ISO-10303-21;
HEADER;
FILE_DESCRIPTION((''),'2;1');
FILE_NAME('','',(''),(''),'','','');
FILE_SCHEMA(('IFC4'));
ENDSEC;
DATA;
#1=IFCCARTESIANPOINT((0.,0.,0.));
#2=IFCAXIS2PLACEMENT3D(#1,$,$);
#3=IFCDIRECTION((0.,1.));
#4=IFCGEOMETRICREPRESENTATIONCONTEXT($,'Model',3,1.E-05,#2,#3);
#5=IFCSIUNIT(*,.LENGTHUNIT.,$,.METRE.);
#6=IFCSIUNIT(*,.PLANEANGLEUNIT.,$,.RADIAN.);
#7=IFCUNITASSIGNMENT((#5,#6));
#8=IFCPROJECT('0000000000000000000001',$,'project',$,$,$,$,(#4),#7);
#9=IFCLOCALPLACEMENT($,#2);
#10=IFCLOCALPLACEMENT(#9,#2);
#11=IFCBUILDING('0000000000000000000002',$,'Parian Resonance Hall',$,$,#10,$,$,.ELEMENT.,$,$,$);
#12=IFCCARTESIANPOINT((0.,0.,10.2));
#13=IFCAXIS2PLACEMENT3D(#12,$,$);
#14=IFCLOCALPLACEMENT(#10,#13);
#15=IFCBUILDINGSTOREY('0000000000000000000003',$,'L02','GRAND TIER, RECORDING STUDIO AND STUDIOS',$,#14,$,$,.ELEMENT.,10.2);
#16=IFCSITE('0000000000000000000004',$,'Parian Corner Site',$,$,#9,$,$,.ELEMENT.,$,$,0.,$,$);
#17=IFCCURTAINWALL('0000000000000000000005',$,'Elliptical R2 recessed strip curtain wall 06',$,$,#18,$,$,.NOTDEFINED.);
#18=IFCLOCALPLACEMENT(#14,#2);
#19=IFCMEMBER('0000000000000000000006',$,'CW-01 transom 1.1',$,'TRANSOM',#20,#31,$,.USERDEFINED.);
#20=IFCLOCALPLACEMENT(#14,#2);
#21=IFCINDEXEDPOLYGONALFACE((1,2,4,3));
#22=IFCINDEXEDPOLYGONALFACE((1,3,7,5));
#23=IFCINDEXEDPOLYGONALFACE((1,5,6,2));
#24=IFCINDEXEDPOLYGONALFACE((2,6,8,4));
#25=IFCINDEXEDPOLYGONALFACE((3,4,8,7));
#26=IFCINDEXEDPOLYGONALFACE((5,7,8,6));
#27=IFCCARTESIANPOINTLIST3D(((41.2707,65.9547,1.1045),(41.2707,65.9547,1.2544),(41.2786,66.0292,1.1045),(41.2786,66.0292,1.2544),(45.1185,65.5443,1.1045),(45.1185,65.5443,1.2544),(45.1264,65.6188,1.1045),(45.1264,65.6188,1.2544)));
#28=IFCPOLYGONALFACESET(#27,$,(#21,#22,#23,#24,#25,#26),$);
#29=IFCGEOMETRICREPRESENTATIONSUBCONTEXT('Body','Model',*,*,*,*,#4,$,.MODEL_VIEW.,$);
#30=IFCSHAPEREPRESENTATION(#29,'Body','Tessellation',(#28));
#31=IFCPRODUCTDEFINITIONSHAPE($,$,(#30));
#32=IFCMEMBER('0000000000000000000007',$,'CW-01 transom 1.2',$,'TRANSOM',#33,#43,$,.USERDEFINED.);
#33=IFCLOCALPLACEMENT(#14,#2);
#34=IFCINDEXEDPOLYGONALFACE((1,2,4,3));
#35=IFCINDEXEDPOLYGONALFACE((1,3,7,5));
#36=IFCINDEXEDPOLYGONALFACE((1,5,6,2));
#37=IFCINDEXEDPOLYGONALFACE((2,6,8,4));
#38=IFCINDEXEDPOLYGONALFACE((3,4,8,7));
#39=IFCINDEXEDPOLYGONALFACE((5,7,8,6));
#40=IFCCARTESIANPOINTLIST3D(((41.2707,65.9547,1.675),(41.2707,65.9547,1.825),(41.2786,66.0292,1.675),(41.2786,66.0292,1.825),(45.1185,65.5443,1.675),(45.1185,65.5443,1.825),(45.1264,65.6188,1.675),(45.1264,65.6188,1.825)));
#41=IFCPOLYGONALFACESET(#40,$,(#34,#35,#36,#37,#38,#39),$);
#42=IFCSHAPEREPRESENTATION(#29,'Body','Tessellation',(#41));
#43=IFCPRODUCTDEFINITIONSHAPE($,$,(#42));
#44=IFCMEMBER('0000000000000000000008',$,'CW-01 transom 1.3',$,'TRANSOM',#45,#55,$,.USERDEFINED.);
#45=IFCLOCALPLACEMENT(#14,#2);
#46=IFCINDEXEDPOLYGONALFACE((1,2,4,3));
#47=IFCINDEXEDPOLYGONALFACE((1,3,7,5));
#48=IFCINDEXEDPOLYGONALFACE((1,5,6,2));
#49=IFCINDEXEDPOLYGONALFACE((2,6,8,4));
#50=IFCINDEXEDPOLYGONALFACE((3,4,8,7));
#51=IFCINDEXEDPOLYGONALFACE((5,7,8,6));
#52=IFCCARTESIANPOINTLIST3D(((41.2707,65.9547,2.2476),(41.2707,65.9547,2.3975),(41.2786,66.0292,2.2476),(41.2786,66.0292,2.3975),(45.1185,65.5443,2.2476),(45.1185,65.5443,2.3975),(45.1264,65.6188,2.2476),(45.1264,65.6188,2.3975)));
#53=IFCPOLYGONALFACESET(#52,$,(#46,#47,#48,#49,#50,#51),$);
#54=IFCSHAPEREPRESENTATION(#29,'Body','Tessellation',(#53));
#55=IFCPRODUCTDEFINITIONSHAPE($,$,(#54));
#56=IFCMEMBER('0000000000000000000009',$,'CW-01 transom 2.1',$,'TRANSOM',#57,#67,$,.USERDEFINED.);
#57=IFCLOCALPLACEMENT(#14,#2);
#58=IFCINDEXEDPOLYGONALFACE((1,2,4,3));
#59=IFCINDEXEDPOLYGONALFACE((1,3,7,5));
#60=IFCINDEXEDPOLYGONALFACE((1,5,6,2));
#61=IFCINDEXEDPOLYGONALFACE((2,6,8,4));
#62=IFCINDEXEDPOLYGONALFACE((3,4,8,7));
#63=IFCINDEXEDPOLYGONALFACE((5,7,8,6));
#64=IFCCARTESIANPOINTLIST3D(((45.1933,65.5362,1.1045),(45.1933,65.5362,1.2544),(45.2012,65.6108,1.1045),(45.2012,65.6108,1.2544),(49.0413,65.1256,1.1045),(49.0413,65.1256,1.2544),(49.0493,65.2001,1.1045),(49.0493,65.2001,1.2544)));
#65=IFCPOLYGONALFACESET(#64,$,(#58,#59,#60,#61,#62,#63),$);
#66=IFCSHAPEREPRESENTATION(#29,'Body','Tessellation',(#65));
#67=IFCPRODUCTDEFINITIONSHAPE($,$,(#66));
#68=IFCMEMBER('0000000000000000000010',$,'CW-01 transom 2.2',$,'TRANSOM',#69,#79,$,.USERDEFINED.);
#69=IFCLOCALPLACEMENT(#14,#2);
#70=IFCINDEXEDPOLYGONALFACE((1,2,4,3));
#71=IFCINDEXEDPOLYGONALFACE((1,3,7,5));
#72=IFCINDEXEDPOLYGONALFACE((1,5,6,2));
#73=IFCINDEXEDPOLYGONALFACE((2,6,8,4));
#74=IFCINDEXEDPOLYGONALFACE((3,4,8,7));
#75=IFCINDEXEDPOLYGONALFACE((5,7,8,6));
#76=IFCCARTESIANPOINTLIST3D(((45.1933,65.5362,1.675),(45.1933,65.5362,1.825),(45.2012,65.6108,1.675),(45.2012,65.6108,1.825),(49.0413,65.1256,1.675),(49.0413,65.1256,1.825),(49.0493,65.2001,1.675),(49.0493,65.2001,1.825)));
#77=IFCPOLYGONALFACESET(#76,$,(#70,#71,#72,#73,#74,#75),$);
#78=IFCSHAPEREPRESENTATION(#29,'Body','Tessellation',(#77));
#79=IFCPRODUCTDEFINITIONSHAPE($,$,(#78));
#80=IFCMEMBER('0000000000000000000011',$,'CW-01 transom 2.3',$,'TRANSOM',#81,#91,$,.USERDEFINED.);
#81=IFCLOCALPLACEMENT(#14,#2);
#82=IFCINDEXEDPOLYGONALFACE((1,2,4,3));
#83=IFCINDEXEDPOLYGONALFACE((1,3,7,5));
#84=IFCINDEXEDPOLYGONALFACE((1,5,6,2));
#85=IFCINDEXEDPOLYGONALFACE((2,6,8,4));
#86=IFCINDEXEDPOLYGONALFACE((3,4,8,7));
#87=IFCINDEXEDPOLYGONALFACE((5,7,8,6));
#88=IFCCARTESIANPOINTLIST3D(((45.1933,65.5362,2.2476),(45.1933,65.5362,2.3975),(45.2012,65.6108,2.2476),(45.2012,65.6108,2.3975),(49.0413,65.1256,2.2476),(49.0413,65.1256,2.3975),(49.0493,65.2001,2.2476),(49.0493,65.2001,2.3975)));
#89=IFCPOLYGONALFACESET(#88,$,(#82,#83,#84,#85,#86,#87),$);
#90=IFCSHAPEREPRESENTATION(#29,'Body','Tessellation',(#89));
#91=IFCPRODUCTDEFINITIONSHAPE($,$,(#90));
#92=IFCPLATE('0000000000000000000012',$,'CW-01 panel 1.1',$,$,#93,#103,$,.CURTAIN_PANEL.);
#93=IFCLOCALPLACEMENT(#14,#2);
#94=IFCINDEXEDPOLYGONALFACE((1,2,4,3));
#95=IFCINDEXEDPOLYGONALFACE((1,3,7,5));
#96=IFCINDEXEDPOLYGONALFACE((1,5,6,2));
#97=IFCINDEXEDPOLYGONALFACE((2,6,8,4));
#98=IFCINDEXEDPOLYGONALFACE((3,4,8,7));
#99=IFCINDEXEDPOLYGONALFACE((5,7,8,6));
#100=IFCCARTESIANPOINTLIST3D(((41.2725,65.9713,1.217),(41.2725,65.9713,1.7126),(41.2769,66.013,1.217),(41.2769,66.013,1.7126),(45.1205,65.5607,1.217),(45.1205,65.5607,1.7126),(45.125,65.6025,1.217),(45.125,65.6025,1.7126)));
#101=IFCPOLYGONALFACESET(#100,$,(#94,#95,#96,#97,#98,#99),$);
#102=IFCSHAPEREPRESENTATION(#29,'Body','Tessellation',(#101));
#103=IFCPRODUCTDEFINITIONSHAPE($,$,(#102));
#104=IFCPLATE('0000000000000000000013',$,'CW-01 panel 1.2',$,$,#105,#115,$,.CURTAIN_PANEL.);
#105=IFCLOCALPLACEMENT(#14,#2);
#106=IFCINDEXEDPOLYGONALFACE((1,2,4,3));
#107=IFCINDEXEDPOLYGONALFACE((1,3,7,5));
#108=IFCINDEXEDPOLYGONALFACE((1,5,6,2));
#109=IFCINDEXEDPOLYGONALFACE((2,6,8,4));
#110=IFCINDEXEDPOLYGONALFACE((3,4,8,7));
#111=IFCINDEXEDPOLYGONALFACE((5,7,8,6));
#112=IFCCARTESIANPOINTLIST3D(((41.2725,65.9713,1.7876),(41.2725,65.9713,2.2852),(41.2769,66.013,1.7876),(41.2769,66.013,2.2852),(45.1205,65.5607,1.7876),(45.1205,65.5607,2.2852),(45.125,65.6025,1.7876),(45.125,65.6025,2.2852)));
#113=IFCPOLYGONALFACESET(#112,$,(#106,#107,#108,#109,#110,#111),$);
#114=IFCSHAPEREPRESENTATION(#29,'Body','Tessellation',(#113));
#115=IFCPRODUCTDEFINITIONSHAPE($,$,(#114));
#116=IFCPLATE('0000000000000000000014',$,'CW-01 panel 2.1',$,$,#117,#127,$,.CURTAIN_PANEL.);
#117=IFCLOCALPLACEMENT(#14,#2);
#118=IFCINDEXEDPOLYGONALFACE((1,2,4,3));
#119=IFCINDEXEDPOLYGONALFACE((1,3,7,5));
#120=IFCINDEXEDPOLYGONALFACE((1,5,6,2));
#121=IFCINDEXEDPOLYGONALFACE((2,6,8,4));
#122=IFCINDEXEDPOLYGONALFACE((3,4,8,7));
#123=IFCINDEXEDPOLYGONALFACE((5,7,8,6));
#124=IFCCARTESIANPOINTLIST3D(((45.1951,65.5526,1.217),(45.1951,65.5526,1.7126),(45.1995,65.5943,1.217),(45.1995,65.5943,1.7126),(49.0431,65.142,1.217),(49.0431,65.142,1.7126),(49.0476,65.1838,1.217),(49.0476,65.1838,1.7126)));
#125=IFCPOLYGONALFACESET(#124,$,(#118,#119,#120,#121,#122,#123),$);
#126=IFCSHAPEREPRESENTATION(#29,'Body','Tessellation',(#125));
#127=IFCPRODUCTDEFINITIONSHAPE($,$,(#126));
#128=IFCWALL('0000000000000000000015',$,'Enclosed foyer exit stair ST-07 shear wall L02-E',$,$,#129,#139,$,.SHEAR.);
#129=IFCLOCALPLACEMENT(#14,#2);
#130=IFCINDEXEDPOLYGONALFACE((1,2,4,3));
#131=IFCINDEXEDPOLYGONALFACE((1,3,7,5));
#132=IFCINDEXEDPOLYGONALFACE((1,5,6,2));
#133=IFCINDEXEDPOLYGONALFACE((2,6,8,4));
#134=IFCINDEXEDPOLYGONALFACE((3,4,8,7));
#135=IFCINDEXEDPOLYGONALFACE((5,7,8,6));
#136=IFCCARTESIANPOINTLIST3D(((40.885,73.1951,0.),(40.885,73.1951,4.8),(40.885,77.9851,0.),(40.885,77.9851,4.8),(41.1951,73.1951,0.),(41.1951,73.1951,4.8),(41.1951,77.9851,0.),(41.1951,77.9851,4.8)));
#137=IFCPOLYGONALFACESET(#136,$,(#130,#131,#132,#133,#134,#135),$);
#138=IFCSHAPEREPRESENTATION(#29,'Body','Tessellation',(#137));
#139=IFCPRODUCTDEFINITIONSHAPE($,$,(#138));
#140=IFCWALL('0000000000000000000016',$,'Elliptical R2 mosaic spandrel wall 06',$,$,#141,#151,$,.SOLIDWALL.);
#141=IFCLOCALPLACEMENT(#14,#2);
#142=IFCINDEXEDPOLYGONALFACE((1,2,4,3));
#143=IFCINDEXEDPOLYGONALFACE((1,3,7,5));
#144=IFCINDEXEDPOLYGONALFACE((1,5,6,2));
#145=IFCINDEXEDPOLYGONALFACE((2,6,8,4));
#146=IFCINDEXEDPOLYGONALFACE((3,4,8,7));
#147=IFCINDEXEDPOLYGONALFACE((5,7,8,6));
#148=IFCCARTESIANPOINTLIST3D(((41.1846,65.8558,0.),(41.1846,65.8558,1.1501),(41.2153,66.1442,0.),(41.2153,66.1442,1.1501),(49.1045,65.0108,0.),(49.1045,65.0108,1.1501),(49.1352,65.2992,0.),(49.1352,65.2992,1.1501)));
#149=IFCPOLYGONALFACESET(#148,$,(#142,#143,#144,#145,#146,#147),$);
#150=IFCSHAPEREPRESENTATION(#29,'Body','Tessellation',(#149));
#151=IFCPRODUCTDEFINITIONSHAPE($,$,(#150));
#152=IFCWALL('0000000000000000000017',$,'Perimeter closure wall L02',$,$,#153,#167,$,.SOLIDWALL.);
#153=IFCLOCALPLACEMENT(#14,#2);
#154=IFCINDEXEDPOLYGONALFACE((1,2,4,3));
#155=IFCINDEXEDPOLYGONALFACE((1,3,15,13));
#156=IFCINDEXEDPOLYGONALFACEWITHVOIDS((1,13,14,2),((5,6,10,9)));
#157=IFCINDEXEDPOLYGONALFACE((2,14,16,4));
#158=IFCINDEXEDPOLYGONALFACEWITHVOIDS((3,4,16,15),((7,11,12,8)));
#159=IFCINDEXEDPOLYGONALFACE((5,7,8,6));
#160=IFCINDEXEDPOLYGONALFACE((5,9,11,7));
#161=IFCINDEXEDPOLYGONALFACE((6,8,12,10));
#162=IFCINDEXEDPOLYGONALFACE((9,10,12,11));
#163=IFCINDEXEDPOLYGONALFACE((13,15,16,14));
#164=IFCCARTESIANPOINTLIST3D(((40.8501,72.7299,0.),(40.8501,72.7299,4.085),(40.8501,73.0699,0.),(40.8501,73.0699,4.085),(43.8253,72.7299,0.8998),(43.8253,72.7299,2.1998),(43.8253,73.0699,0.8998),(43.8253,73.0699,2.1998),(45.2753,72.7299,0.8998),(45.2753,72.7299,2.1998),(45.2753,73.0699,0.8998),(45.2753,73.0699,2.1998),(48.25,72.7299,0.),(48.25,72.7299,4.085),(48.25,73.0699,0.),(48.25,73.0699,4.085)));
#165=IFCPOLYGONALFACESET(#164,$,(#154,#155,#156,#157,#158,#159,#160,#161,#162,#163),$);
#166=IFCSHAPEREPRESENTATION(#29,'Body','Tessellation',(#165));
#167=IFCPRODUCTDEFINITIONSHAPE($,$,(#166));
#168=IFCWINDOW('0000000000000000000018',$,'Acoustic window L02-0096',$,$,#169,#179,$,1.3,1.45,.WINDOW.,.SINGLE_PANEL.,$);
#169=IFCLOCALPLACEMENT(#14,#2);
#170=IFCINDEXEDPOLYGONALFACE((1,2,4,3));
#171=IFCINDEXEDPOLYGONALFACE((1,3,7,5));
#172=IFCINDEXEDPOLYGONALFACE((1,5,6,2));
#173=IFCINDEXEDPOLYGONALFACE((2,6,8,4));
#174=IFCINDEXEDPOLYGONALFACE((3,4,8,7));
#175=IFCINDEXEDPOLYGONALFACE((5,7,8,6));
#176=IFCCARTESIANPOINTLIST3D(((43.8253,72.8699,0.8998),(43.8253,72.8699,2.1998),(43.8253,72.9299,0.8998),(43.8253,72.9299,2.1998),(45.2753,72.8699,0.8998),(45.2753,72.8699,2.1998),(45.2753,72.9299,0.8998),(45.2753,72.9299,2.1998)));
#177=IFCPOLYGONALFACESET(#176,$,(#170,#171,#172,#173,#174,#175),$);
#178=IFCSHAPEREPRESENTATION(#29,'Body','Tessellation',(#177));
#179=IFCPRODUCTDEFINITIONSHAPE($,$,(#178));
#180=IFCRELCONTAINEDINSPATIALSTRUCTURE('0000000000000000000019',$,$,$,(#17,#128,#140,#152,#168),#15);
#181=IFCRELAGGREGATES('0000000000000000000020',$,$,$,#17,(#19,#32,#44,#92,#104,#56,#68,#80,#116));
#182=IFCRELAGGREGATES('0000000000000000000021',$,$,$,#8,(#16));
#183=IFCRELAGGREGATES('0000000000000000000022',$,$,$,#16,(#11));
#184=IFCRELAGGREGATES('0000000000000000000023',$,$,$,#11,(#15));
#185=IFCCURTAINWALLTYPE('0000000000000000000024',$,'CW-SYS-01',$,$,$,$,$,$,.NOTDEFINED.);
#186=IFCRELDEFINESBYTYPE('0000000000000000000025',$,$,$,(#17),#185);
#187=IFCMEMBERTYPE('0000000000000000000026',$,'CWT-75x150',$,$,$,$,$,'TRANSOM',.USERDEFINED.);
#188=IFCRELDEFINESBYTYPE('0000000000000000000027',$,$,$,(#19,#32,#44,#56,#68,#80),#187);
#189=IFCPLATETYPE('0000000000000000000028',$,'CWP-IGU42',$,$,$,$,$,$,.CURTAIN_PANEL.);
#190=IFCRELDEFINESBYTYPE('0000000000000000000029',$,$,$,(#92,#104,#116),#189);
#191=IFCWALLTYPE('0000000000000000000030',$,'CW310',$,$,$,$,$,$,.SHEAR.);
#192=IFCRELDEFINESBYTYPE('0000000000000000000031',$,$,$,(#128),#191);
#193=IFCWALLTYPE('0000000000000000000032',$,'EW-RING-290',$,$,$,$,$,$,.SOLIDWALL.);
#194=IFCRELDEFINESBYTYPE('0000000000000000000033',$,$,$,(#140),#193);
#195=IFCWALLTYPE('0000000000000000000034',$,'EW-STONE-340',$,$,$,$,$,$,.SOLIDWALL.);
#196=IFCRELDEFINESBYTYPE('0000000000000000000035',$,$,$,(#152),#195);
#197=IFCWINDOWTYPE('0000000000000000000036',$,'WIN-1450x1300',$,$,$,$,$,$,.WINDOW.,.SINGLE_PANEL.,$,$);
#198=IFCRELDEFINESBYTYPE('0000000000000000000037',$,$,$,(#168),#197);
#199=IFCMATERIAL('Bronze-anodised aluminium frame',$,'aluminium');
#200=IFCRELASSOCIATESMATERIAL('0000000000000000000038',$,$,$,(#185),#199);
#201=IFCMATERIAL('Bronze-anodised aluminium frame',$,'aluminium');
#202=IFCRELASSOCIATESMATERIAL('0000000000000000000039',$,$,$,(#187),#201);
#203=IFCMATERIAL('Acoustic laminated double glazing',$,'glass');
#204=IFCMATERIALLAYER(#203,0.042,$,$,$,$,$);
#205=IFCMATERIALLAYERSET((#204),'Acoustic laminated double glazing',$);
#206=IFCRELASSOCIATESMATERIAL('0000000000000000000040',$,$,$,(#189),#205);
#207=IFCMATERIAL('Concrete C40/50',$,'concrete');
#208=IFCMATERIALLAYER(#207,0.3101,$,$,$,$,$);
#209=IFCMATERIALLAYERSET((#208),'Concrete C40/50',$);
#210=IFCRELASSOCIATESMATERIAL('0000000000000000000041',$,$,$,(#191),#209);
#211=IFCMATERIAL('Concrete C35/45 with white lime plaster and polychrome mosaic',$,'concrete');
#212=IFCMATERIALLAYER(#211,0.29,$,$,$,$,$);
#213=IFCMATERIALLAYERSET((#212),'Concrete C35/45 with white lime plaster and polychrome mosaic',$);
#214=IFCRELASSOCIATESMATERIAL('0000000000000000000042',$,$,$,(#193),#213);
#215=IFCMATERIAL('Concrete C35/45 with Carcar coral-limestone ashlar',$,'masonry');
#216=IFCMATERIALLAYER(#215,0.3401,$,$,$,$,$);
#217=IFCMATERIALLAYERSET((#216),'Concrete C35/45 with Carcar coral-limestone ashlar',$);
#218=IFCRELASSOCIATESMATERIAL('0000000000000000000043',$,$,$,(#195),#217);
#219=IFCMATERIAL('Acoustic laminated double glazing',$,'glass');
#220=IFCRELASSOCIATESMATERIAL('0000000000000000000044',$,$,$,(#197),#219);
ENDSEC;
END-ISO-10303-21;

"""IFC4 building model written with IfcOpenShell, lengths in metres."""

from ifc_helpers import new_model, si_unit, direction, frame, frame_2d, origin, origin_2d, place, context, subcontext, project, spatial, rectangle, extrude, material, layer, layer_set, material_profile, profile_set, type_object, element, fill, aggregate, save


model = new_model("IFC4")

# Units and contexts
model_context = context("Model", 3, precision=1e-05, world=origin(), true_north=direction((0.0, 1.0)))
body_context = subcontext(model_context, "Body", "Model", "MODEL_VIEW")
ifc_project = project(units=[si_unit("LENGTHUNIT", "METRE"), si_unit("PLANEANGLEUNIT", "RADIAN")], contexts=[model_context])

# Site, building, storey
site_placement = place(None, origin())
site = spatial("IfcSite", under=ifc_project, at=site_placement, Name="Parian Corner Site", CompositionType="ELEMENT", RefElevation=0.0)
building_placement = place(site_placement, origin())
building = spatial("IfcBuilding", under=site, at=building_placement, Name="Parian Resonance Hall", CompositionType="ELEMENT")
storey_placement = place(building_placement, frame((0.0, 0.0, 10.2)))
storey = spatial("IfcBuildingStorey", under=building, at=storey_placement, Name="L02", Description="GRAND TIER, RECORDING STUDIO AND STUDIOS", CompositionType="ELEMENT", Elevation=10.2)

# Curtain wall, members, plates
ifc_material_1 = material(Name="Bronze-anodised aluminium frame", Category="aluminium")
curtain_wall_type_1 = type_object("IfcCurtainWallType", Name="CW-SYS-01", PredefinedType="NOTDEFINED", material=ifc_material_1)
curtain_wall_1_placement = place(storey_placement, origin())
curtain_wall_1 = element("IfcCurtainWall", 1, at=curtain_wall_1_placement, inside=storey, type_object=curtain_wall_type_1, Name="Elliptical R2 recessed strip curtain wall 06", PredefinedType="NOTDEFINED")
ifc_material_2 = material(Name="Bronze-anodised aluminium frame", Category="aluminium")
ifc_material_profile_1 = material_profile(ifc_material_2, rectangle(XDim=0.075, YDim=0.1499, at=origin_2d()), Name="CWT-75x150")
ifc_profile_set_1 = profile_set([ifc_material_profile_1], Name="Bronze-anodised aluminium frame")
member_type_1 = type_object("IfcMemberType", Name="CWT-75x150", ElementType="TRANSOM", PredefinedType="USERDEFINED", material=ifc_profile_set_1)
member_1_placement = place(storey_placement, frame((41.2747, 65.9919, 1.1794), z_axis=(0.99436, -0.106054, 0.0), x_axis=(0.106054, 0.99436, 0.0)))
member_1 = element("IfcMember", 2, at=member_1_placement, type_object=member_type_1, Name="CW-01 transom 1.1", ObjectType="TRANSOM", PredefinedType="USERDEFINED", context=body_context, shape_type="SweptSolid", body=[
    extrude(rectangle(XDim=0.075, YDim=0.1499, at=origin_2d()), origin(), (0.0, 0.0, 1.0), 3.8696),
])
member_2_placement = place(storey_placement, frame((41.2747, 65.9919, 1.75), z_axis=(0.99436, -0.106054, 0.0), x_axis=(0.106054, 0.99436, 0.0)))
member_2 = element("IfcMember", 3, at=member_2_placement, type_object=member_type_1, Name="CW-01 transom 1.2", ObjectType="TRANSOM", PredefinedType="USERDEFINED", context=body_context, shape_type="SweptSolid", body=[
    extrude(rectangle(XDim=0.075, YDim=0.1499, at=origin_2d()), origin(), (0.0, 0.0, 1.0), 3.8696),
])
member_3_placement = place(storey_placement, frame((41.2747, 65.9919, 2.3225), z_axis=(0.99436, -0.106054, 0.0), x_axis=(0.106054, 0.99436, 0.0)))
member_3 = element("IfcMember", 4, at=member_3_placement, type_object=member_type_1, Name="CW-01 transom 1.3", ObjectType="TRANSOM", PredefinedType="USERDEFINED", context=body_context, shape_type="SweptSolid", body=[
    extrude(rectangle(XDim=0.075, YDim=0.1499, at=origin_2d()), origin(), (0.0, 0.0, 1.0), 3.8696),
])
member_4_placement = place(storey_placement, frame((45.1973, 65.5735, 1.1794), z_axis=(0.994354, -0.10611, 0.0), x_axis=(0.10611, 0.994354, 0.0)))
member_4 = element("IfcMember", 5, at=member_4_placement, type_object=member_type_1, Name="CW-01 transom 2.1", ObjectType="TRANSOM", PredefinedType="USERDEFINED", context=body_context, shape_type="SweptSolid", body=[
    extrude(rectangle(XDim=0.075, YDim=0.1499, at=origin_2d()), origin(), (0.0, 0.0, 1.0), 3.8699),
])
member_5_placement = place(storey_placement, frame((45.1973, 65.5735, 1.75), z_axis=(0.994354, -0.10611, 0.0), x_axis=(0.10611, 0.994354, 0.0)))
member_5 = element("IfcMember", 6, at=member_5_placement, type_object=member_type_1, Name="CW-01 transom 2.2", ObjectType="TRANSOM", PredefinedType="USERDEFINED", context=body_context, shape_type="SweptSolid", body=[
    extrude(rectangle(XDim=0.075, YDim=0.1499, at=origin_2d()), origin(), (0.0, 0.0, 1.0), 3.8699),
])
member_6_placement = place(storey_placement, frame((45.1973, 65.5735, 2.3225), z_axis=(0.994354, -0.10611, 0.0), x_axis=(0.10611, 0.994354, 0.0)))
member_6 = element("IfcMember", 7, at=member_6_placement, type_object=member_type_1, Name="CW-01 transom 2.3", ObjectType="TRANSOM", PredefinedType="USERDEFINED", context=body_context, shape_type="SweptSolid", body=[
    extrude(rectangle(XDim=0.075, YDim=0.1499, at=origin_2d()), origin(), (0.0, 0.0, 1.0), 3.8699),
])
ifc_material_3 = material(Name="Acoustic laminated double glazing", Category="glass")
ifc_layer_1 = layer(ifc_material_3, 0.042)
ifc_layer_set_1 = layer_set([ifc_layer_1], Name="Acoustic laminated double glazing")
plate_type = type_object("IfcPlateType", Name="CWP-IGU42", PredefinedType="CURTAIN_PANEL", material=ifc_layer_set_1)
plate_1_placement = place(storey_placement, frame((43.1987, 65.7869, 1.217), z_axis=(0.0, 0.0, 1.0), x_axis=(0.994356, -0.106091, 0.0)))
plate_1 = element("IfcPlate", 8, at=plate_1_placement, type_object=plate_type, Name="CW-01 panel 1.1", PredefinedType="CURTAIN_PANEL", context=body_context, shape_type="SweptSolid", body=[
    extrude(rectangle(XDim=3.8699, YDim=0.042, at=origin_2d()), origin(), (0.0, 0.0, 1.0), 0.4956),
])
plate_2_placement = place(storey_placement, frame((43.1987, 65.7869, 1.7876), z_axis=(0.0, 0.0, 1.0), x_axis=(0.994356, -0.106091, 0.0)))
plate_2 = element("IfcPlate", 9, at=plate_2_placement, type_object=plate_type, Name="CW-01 panel 1.2", PredefinedType="CURTAIN_PANEL", context=body_context, shape_type="SweptSolid", body=[
    extrude(rectangle(XDim=3.8699, YDim=0.042, at=origin_2d()), origin(), (0.0, 0.0, 1.0), 0.4976),
])
plate_3_placement = place(storey_placement, frame((47.1213, 65.3682, 1.217), z_axis=(0.0, 0.0, 1.0), x_axis=(0.994356, -0.106091, 0.0)))
plate_3 = element("IfcPlate", 10, at=plate_3_placement, type_object=plate_type, Name="CW-01 panel 2.1", PredefinedType="CURTAIN_PANEL", context=body_context, shape_type="SweptSolid", body=[
    extrude(rectangle(XDim=3.8699, YDim=0.042, at=origin_2d()), origin(), (0.0, 0.0, 1.0), 0.4956),
])
aggregate(curtain_wall_1, [member_1, member_2, member_3, plate_1, plate_2, member_4, member_5, member_6, plate_3])

# Walls
ifc_material_4 = material(Name="Concrete C40/50", Category="concrete")
ifc_layer_2 = layer(ifc_material_4, 0.3101)
ifc_layer_set_2 = layer_set([ifc_layer_2], Name="Concrete C40/50")
wall_type_1 = type_object("IfcWallType", Name="CW310", PredefinedType="SHEAR", material=ifc_layer_set_2)
wall_1_placement = place(storey_placement, frame((41.04, 73.1951, 0.0), z_axis=(0.0, 0.0, 1.0), x_axis=(0.0, 1.0, 0.0)))
element("IfcWall", 11, at=wall_1_placement, inside=storey, type_object=wall_type_1, Name="Enclosed foyer exit stair ST-07 shear wall L02-E", PredefinedType="SHEAR", context=body_context, shape_type="SweptSolid", body=[
    extrude(rectangle(XDim=4.79, YDim=0.3101, at=frame_2d((2.395, 0.0))), origin(), (0.0, 0.0, 1.0), 4.8),
])
ifc_material_5 = material(Name="Concrete C35/45 with white lime plaster and polychrome mosaic", Category="concrete")
ifc_layer_3 = layer(ifc_material_5, 0.29)
ifc_layer_set_3 = layer_set([ifc_layer_3], Name="Concrete C35/45 with white lime plaster and polychrome mosaic")
wall_type_2 = type_object("IfcWallType", Name="EW-RING-290", PredefinedType="SOLIDWALL", material=ifc_layer_set_3)
wall_2_placement = place(storey_placement, frame((41.2, 66.0, 0.0), z_axis=(0.0, 0.0, 1.0), x_axis=(0.994357, -0.106087, 0.0)))
element("IfcWall", 12, at=wall_2_placement, inside=storey, type_object=wall_type_2, Name="Elliptical R2 mosaic spandrel wall 06", PredefinedType="SOLIDWALL", context=body_context, shape_type="SweptSolid", body=[
    extrude(rectangle(XDim=7.9648, YDim=0.29, at=frame_2d((3.9824, 0.0))), origin(), (0.0, 0.0, 1.0), 1.1501),
])

# Wall, opening, window
ifc_material_6 = material(Name="Concrete C35/45 with Carcar coral-limestone ashlar", Category="masonry")
ifc_layer_4 = layer(ifc_material_6, 0.3401)
ifc_layer_set_4 = layer_set([ifc_layer_4], Name="Concrete C35/45 with Carcar coral-limestone ashlar")
wall_type_3 = type_object("IfcWallType", Name="EW-STONE-340", PredefinedType="SOLIDWALL", material=ifc_layer_set_4)
wall_3_placement = place(storey_placement, frame((40.8501, 72.8999, 0.0), z_axis=(0.0, 0.0, 1.0), x_axis=(1.0, 0.0, 0.0)))
wall_3 = element("IfcWall", 13, at=wall_3_placement, inside=storey, type_object=wall_type_3, Name="Perimeter closure wall L02", PredefinedType="SOLIDWALL", context=body_context, shape_type="SweptSolid", body=[
    extrude(rectangle(XDim=7.3999, YDim=0.3401, at=frame_2d((3.7, 0.0))), origin(), (0.0, 0.0, 1.0), 4.085),
])
opening_placement = place(wall_3_placement, frame((2.9751, 0.0, 0.8999)))
opening = element("IfcOpeningElement", 14, at=opening_placement, cuts=wall_3, PredefinedType="OPENING", context=body_context, shape_type="SweptSolid", body=[
    extrude(rectangle(XDim=1.45, YDim=1.3, at=frame_2d((0.7251, 0.6499))), frame((0.0, 0.1799, 0.0), z_axis=(0.0, -1.0, 0.0), x_axis=(1.0, 0.0, 0.0)), (0.0, 0.0, 1.0), 0.3601),
])
ifc_material_7 = material(Name="Acoustic laminated double glazing", Category="glass")
window_type = type_object("IfcWindowType", Name="WIN-1450x1300", PartitioningType="SINGLE_PANEL", PredefinedType="WINDOW", material=ifc_material_7)
window_placement = place(opening_placement, origin())
window = element("IfcWindow", 15, at=window_placement, inside=storey, type_object=window_type, Name="Acoustic window L02-0096", OverallHeight=1.3, OverallWidth=1.45, PartitioningType="SINGLE_PANEL", PredefinedType="WINDOW", context=body_context, shape_type="SweptSolid", body=[
    extrude(rectangle(XDim=1.45, YDim=1.3, at=frame_2d((0.7251, 0.6499))), frame((0.0, 0.03, 0.0), z_axis=(0.0, -1.0, 0.0), x_axis=(1.0, 0.0, 0.0)), (0.0, 0.0, 1.0), 0.0601),
])
fill(opening, window)

save(model, "model.ifc")
